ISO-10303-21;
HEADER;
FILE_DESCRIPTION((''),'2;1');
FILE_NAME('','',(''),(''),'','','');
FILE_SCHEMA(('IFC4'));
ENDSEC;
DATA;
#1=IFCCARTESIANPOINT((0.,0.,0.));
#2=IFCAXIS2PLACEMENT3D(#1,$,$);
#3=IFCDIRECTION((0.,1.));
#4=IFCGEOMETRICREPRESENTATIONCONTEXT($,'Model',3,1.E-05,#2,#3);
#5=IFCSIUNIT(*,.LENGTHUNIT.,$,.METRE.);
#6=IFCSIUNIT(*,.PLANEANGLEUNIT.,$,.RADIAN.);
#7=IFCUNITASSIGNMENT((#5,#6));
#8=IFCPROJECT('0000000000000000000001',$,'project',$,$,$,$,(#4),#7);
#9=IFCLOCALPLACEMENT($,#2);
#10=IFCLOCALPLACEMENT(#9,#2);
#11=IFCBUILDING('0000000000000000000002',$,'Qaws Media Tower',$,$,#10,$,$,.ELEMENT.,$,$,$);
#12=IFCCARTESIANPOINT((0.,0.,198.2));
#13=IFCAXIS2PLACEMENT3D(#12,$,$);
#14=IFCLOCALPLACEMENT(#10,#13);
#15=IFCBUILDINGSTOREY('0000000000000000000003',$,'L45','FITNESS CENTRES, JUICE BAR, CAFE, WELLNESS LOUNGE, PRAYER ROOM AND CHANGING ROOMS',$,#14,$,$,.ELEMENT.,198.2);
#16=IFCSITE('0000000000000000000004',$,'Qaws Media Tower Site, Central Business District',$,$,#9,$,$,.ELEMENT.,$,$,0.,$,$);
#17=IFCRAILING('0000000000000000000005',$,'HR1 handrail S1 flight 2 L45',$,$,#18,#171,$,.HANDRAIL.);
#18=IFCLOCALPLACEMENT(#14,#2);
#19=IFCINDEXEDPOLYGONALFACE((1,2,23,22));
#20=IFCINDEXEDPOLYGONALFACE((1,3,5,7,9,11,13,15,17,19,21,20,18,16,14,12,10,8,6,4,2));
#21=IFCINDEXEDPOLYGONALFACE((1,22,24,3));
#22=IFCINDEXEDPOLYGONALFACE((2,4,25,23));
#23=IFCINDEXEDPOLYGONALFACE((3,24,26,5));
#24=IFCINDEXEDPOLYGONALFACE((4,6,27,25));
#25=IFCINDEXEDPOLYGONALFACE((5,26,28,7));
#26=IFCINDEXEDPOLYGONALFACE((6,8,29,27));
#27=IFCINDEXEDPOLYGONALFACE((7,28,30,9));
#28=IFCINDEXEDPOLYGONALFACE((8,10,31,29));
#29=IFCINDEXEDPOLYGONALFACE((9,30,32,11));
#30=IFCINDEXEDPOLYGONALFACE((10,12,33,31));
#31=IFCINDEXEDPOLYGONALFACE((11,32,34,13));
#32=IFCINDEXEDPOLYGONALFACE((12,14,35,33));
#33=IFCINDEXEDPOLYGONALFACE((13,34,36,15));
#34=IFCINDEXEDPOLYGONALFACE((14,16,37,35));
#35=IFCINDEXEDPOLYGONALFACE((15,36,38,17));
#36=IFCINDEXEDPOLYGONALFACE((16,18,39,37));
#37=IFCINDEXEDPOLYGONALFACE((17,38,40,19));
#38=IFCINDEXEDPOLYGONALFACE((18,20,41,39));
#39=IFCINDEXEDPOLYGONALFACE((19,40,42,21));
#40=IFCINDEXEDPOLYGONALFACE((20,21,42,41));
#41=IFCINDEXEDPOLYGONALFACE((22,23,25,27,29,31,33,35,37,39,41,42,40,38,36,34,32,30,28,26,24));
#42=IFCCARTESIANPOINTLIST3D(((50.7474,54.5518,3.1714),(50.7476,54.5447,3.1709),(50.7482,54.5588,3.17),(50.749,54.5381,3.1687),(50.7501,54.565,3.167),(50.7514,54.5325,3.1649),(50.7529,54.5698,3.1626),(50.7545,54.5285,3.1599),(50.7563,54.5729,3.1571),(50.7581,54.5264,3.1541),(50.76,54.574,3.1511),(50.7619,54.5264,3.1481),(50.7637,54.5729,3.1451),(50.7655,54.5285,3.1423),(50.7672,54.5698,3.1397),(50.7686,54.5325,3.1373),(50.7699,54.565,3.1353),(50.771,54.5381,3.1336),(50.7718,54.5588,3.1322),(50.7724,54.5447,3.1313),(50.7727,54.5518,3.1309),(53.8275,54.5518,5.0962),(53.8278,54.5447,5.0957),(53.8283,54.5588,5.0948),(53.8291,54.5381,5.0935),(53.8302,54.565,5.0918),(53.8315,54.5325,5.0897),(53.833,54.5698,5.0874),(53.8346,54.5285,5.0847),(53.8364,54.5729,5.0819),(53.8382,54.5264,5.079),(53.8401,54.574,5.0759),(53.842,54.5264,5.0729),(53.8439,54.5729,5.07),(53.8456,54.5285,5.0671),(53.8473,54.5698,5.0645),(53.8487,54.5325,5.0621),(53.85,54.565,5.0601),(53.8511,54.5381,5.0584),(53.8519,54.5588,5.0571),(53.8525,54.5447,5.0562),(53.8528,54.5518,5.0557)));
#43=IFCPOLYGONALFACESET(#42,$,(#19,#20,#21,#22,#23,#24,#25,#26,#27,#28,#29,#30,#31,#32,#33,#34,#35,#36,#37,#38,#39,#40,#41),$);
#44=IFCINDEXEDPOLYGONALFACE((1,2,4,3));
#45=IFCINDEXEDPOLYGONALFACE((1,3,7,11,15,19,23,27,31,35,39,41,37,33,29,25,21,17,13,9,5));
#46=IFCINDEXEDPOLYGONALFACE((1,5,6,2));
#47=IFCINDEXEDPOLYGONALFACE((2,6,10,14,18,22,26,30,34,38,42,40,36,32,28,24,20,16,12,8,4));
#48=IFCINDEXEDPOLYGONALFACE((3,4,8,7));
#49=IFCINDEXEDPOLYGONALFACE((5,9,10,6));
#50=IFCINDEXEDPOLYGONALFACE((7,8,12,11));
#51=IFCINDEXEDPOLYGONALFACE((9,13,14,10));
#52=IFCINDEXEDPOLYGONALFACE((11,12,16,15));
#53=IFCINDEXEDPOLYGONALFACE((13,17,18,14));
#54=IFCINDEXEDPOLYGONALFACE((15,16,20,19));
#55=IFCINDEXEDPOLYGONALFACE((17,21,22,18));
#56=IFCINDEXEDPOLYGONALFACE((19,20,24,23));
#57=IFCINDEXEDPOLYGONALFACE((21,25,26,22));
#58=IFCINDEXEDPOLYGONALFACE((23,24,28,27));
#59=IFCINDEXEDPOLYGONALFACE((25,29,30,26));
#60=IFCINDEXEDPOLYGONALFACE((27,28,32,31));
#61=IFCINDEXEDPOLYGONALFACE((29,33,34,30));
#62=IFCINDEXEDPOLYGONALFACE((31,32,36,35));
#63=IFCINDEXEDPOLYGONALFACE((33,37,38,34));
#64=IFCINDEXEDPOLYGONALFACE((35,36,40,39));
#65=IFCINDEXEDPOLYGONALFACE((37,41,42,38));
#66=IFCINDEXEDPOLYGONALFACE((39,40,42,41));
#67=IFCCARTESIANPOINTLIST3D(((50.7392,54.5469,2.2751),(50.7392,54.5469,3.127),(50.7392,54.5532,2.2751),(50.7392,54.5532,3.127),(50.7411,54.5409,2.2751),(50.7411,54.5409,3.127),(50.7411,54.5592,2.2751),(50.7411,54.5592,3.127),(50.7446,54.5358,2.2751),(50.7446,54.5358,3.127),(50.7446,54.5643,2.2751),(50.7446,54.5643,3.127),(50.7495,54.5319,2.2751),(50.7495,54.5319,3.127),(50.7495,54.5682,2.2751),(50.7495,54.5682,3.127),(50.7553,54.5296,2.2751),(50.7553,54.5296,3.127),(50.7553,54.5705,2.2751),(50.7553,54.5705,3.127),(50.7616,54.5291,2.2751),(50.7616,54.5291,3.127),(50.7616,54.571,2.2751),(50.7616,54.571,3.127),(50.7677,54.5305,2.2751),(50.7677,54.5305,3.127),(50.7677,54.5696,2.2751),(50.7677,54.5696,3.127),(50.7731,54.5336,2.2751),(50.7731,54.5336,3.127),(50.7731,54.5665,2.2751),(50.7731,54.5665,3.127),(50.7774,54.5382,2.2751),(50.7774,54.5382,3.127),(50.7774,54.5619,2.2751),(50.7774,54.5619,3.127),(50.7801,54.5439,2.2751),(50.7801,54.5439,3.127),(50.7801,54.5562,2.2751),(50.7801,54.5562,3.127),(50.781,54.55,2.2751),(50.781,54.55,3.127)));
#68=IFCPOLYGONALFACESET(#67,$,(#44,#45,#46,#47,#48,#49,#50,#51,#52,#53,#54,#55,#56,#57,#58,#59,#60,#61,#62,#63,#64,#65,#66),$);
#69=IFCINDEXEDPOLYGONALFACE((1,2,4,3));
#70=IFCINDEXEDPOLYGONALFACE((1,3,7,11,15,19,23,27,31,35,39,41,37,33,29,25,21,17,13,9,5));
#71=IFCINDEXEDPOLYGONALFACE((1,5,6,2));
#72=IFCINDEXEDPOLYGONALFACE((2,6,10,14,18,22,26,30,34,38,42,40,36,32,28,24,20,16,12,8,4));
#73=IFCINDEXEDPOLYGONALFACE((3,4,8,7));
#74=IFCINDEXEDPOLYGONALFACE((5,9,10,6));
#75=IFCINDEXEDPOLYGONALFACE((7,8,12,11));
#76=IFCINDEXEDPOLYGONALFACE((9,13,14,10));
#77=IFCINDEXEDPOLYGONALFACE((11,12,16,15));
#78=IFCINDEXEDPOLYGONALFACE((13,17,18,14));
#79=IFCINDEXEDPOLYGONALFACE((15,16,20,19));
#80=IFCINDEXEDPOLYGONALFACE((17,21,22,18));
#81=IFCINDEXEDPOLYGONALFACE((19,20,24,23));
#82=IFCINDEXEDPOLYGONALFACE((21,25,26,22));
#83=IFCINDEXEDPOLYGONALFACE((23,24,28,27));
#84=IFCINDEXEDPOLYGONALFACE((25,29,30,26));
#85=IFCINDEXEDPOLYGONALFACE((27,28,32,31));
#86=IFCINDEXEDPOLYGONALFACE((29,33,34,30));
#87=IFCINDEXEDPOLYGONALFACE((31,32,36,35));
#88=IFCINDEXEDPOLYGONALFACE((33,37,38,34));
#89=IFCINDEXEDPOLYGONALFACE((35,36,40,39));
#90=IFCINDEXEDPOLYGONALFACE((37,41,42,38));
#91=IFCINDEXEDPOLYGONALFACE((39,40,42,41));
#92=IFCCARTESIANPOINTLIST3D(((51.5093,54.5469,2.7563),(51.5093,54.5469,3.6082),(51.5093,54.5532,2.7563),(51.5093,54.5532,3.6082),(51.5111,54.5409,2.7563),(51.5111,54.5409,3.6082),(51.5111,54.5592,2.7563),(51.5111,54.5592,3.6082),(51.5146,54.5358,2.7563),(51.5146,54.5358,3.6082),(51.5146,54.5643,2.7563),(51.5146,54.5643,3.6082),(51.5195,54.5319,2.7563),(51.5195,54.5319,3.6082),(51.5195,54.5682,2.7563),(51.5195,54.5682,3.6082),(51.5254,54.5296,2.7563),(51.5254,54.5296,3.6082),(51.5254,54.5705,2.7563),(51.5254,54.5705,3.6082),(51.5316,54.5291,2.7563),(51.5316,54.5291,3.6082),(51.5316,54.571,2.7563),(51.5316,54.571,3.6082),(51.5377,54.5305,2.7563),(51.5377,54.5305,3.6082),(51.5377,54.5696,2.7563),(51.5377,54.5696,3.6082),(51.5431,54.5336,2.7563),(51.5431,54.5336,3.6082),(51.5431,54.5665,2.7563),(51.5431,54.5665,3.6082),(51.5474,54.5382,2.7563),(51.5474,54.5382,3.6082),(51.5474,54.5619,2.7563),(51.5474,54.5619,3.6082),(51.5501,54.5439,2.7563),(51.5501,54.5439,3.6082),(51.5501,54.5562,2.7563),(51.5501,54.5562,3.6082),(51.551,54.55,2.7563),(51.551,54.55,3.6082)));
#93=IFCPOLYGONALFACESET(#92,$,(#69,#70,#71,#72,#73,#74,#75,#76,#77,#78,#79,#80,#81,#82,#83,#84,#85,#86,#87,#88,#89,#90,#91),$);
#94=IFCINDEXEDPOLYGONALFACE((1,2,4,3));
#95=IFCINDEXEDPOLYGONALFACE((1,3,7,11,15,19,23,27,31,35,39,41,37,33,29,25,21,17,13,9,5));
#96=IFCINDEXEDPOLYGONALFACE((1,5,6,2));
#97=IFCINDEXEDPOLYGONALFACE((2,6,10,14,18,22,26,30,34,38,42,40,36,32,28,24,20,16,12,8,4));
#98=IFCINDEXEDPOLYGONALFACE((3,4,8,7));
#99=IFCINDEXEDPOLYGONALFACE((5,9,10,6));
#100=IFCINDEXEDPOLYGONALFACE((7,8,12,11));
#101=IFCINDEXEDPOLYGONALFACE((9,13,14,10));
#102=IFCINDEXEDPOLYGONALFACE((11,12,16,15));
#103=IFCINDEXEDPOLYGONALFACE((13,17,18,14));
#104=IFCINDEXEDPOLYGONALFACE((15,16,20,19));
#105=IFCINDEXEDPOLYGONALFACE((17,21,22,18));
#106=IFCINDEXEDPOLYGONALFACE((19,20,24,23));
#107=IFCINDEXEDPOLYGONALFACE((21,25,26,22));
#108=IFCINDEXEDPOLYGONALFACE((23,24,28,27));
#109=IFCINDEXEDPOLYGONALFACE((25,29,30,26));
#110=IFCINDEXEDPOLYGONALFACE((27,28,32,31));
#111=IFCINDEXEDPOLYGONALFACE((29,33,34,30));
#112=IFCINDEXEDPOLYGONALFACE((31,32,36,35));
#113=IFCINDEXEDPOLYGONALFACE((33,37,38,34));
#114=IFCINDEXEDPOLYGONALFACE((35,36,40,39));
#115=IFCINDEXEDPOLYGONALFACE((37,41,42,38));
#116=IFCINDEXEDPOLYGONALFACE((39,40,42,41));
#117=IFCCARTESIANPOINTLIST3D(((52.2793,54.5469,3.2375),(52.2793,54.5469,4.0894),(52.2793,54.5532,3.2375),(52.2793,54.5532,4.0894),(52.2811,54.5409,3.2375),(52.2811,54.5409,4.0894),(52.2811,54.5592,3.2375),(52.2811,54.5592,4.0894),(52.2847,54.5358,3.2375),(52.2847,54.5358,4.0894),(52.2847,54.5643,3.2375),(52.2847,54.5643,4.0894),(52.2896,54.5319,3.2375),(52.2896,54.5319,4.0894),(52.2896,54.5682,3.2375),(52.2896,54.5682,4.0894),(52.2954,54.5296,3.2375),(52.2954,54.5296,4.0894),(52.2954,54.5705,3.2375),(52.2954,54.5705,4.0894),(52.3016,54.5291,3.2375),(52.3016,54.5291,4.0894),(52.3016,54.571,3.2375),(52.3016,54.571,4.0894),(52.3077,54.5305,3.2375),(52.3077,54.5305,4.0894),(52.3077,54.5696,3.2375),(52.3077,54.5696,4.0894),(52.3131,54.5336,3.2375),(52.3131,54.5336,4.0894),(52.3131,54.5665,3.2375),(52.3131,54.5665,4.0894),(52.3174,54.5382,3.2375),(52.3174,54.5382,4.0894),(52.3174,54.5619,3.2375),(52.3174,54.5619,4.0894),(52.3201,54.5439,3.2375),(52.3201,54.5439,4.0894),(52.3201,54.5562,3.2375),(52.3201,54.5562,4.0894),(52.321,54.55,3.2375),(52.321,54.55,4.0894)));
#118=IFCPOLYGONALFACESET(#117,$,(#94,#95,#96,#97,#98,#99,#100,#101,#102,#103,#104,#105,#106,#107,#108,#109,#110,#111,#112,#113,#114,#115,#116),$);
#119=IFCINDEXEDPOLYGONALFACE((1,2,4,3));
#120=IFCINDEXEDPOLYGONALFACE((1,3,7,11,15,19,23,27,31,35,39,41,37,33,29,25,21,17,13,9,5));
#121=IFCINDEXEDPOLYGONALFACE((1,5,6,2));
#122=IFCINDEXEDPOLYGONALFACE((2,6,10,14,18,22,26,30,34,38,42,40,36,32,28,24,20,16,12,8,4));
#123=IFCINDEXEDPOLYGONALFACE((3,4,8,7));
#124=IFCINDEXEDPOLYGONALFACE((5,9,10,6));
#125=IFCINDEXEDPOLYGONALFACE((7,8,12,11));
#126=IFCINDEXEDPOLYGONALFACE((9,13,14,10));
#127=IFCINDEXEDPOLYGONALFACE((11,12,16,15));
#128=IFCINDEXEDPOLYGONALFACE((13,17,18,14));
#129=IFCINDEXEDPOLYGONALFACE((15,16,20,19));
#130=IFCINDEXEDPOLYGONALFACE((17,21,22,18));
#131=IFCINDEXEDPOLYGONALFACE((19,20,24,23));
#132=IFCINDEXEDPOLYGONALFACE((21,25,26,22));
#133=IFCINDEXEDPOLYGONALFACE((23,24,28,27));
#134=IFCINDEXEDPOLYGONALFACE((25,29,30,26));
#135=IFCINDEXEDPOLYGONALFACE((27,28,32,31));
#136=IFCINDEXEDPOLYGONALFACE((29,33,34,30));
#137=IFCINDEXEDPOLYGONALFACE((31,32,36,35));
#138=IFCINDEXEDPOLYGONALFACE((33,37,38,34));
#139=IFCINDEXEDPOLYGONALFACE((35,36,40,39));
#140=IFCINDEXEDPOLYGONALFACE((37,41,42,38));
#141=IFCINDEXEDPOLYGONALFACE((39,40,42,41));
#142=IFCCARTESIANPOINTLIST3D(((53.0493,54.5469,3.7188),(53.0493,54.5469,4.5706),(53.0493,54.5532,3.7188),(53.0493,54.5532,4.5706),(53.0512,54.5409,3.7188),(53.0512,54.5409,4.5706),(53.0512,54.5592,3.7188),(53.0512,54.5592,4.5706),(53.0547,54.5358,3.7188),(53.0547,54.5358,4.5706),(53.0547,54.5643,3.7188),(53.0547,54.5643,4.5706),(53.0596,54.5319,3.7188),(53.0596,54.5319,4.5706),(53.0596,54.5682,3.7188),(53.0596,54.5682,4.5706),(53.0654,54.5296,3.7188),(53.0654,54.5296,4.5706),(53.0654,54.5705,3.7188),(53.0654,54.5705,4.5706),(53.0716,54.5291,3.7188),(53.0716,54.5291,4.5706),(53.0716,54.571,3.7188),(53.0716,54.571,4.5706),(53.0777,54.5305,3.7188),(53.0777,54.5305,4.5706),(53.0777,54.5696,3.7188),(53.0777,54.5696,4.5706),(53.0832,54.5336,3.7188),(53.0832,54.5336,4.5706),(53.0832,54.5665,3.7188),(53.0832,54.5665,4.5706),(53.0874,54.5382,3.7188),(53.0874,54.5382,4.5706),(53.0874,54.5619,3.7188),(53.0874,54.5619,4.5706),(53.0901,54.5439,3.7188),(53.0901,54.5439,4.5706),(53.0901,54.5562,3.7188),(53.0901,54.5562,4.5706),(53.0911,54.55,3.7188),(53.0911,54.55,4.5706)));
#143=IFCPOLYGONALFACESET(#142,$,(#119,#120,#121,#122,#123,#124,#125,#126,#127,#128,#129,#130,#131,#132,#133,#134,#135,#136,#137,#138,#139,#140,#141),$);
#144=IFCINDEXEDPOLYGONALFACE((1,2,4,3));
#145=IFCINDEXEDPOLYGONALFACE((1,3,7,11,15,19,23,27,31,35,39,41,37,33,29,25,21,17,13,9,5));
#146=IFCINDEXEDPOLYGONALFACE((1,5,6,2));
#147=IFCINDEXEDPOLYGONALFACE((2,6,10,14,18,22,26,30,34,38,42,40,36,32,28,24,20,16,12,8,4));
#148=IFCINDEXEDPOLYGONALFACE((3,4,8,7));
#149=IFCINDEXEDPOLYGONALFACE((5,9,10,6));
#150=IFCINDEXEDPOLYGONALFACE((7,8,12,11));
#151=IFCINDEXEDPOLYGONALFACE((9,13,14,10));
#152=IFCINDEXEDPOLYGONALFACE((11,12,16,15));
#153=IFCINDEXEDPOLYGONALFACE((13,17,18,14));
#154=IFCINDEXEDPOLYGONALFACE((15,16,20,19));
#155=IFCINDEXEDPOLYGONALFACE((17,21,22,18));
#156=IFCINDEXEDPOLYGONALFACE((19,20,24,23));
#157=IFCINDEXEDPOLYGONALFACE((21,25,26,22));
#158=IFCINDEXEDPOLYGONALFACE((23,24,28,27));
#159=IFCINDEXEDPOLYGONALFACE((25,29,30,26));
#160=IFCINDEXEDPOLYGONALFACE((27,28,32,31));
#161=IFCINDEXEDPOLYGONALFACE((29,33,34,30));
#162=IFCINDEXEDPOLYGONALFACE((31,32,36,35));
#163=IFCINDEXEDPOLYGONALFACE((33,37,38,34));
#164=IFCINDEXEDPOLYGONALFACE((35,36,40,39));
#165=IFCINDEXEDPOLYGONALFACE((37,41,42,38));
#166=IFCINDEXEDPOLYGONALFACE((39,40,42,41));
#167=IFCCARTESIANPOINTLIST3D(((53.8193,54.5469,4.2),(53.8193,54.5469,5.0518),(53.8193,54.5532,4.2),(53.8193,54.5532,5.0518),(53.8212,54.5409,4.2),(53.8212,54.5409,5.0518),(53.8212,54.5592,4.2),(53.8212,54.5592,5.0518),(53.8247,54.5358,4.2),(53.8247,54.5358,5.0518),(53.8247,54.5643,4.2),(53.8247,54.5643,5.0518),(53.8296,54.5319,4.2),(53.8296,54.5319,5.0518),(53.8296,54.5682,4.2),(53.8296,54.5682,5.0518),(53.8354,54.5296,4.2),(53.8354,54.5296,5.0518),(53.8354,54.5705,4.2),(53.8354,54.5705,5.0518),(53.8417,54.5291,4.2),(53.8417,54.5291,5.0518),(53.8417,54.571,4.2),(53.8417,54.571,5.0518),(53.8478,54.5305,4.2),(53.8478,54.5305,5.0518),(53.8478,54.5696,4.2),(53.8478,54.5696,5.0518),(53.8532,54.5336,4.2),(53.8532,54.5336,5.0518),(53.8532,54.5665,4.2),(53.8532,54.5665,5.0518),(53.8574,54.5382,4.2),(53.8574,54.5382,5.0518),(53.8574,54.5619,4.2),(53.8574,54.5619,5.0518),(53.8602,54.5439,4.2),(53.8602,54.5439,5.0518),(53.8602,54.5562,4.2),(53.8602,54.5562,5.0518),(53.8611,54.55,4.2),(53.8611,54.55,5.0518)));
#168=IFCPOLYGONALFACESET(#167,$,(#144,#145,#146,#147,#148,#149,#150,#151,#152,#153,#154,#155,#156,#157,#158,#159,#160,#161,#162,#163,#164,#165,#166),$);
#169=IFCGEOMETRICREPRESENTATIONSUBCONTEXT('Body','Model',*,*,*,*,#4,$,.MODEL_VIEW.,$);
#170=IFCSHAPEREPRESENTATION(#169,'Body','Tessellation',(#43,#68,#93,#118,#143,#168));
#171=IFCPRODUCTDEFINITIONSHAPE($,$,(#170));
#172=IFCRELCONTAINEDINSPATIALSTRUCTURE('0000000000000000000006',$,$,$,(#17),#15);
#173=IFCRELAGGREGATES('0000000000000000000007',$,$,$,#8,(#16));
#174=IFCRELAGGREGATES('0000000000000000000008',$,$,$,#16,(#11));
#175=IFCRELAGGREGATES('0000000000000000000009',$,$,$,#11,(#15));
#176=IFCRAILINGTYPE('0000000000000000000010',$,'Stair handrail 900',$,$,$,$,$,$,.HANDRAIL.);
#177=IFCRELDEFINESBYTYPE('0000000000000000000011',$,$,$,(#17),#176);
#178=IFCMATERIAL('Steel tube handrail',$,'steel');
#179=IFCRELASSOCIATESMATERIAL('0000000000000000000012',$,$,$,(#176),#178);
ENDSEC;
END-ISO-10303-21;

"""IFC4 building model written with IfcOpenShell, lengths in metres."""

from ifc_helpers import new_model, si_unit, direction, frame, origin, origin_2d, place, context, subcontext, project, spatial, circle, extrude, material, type_object, element, save


model = new_model("IFC4")

# Units and contexts
model_context = context("Model", 3, precision=1e-05, world=origin(), true_north=direction((0.0, 1.0)))
body_context = subcontext(model_context, "Body", "Model", "MODEL_VIEW")
ifc_project = project(units=[si_unit("LENGTHUNIT", "METRE"), si_unit("PLANEANGLEUNIT", "RADIAN")], contexts=[model_context])

# Site, building, storey
site_placement = place(None, origin())
site = spatial("IfcSite", under=ifc_project, at=site_placement, Name="Qaws Media Tower Site, Central Business District", CompositionType="ELEMENT", RefElevation=0.0)
building_placement = place(site_placement, origin())
building = spatial("IfcBuilding", under=site, at=building_placement, Name="Qaws Media Tower", CompositionType="ELEMENT")
storey_placement = place(building_placement, frame((0.0, 0.0, 198.2)))
storey = spatial("IfcBuildingStorey", under=building, at=storey_placement, Name="L45", Description="FITNESS CENTRES, JUICE BAR, CAFE, WELLNESS LOUNGE, PRAYER ROOM AND CHANGING ROOMS", CompositionType="ELEMENT", Elevation=198.2)

# Railing
ifc_material_1 = material(Name="Steel tube handrail", Category="steel")
railing_type = type_object("IfcRailingType", Name="Stair handrail 900", PredefinedType="HANDRAIL", material=ifc_material_1)
for number, where, name in (
    (1, (50.76, 54.55, 2.2751), "HR1 handrail S1 flight 2 L45"),
):
    element("IfcRailing", number, at=place(storey_placement, frame(where)), inside=storey, type_object=railing_type, Name=name, PredefinedType="HANDRAIL", context=body_context, shape_type="SweptSolid", body=[
        extrude(circle(Radius=0.0239, at=origin_2d()), frame((0.0, 0.0, 0.876), z_axis=(0.848029, 0.0, 0.529951), x_axis=(0.0, 1.0, 0.0)), (0.0, 0.0, 1.0), 3.6321),
        extrude(circle(Radius=0.021, at=origin_2d()), origin(), (0.0, 0.0, 1.0), 0.8518),
        extrude(circle(Radius=0.021, at=origin_2d()), frame((0.77, 0.0, 0.4812)), (0.0, 0.0, 1.0), 0.8518),
        extrude(circle(Radius=0.021, at=origin_2d()), frame((1.54, 0.0, 0.9624)), (0.0, 0.0, 1.0), 0.8518),
        extrude(circle(Radius=0.021, at=origin_2d()), frame((2.3101, 0.0, 1.4436)), (0.0, 0.0, 1.0), 0.8518),
        extrude(circle(Radius=0.021, at=origin_2d()), frame((3.0801, 0.0, 1.9248)), (0.0, 0.0, 1.0), 0.8518),
    ])

save(model, "model.ifc")
